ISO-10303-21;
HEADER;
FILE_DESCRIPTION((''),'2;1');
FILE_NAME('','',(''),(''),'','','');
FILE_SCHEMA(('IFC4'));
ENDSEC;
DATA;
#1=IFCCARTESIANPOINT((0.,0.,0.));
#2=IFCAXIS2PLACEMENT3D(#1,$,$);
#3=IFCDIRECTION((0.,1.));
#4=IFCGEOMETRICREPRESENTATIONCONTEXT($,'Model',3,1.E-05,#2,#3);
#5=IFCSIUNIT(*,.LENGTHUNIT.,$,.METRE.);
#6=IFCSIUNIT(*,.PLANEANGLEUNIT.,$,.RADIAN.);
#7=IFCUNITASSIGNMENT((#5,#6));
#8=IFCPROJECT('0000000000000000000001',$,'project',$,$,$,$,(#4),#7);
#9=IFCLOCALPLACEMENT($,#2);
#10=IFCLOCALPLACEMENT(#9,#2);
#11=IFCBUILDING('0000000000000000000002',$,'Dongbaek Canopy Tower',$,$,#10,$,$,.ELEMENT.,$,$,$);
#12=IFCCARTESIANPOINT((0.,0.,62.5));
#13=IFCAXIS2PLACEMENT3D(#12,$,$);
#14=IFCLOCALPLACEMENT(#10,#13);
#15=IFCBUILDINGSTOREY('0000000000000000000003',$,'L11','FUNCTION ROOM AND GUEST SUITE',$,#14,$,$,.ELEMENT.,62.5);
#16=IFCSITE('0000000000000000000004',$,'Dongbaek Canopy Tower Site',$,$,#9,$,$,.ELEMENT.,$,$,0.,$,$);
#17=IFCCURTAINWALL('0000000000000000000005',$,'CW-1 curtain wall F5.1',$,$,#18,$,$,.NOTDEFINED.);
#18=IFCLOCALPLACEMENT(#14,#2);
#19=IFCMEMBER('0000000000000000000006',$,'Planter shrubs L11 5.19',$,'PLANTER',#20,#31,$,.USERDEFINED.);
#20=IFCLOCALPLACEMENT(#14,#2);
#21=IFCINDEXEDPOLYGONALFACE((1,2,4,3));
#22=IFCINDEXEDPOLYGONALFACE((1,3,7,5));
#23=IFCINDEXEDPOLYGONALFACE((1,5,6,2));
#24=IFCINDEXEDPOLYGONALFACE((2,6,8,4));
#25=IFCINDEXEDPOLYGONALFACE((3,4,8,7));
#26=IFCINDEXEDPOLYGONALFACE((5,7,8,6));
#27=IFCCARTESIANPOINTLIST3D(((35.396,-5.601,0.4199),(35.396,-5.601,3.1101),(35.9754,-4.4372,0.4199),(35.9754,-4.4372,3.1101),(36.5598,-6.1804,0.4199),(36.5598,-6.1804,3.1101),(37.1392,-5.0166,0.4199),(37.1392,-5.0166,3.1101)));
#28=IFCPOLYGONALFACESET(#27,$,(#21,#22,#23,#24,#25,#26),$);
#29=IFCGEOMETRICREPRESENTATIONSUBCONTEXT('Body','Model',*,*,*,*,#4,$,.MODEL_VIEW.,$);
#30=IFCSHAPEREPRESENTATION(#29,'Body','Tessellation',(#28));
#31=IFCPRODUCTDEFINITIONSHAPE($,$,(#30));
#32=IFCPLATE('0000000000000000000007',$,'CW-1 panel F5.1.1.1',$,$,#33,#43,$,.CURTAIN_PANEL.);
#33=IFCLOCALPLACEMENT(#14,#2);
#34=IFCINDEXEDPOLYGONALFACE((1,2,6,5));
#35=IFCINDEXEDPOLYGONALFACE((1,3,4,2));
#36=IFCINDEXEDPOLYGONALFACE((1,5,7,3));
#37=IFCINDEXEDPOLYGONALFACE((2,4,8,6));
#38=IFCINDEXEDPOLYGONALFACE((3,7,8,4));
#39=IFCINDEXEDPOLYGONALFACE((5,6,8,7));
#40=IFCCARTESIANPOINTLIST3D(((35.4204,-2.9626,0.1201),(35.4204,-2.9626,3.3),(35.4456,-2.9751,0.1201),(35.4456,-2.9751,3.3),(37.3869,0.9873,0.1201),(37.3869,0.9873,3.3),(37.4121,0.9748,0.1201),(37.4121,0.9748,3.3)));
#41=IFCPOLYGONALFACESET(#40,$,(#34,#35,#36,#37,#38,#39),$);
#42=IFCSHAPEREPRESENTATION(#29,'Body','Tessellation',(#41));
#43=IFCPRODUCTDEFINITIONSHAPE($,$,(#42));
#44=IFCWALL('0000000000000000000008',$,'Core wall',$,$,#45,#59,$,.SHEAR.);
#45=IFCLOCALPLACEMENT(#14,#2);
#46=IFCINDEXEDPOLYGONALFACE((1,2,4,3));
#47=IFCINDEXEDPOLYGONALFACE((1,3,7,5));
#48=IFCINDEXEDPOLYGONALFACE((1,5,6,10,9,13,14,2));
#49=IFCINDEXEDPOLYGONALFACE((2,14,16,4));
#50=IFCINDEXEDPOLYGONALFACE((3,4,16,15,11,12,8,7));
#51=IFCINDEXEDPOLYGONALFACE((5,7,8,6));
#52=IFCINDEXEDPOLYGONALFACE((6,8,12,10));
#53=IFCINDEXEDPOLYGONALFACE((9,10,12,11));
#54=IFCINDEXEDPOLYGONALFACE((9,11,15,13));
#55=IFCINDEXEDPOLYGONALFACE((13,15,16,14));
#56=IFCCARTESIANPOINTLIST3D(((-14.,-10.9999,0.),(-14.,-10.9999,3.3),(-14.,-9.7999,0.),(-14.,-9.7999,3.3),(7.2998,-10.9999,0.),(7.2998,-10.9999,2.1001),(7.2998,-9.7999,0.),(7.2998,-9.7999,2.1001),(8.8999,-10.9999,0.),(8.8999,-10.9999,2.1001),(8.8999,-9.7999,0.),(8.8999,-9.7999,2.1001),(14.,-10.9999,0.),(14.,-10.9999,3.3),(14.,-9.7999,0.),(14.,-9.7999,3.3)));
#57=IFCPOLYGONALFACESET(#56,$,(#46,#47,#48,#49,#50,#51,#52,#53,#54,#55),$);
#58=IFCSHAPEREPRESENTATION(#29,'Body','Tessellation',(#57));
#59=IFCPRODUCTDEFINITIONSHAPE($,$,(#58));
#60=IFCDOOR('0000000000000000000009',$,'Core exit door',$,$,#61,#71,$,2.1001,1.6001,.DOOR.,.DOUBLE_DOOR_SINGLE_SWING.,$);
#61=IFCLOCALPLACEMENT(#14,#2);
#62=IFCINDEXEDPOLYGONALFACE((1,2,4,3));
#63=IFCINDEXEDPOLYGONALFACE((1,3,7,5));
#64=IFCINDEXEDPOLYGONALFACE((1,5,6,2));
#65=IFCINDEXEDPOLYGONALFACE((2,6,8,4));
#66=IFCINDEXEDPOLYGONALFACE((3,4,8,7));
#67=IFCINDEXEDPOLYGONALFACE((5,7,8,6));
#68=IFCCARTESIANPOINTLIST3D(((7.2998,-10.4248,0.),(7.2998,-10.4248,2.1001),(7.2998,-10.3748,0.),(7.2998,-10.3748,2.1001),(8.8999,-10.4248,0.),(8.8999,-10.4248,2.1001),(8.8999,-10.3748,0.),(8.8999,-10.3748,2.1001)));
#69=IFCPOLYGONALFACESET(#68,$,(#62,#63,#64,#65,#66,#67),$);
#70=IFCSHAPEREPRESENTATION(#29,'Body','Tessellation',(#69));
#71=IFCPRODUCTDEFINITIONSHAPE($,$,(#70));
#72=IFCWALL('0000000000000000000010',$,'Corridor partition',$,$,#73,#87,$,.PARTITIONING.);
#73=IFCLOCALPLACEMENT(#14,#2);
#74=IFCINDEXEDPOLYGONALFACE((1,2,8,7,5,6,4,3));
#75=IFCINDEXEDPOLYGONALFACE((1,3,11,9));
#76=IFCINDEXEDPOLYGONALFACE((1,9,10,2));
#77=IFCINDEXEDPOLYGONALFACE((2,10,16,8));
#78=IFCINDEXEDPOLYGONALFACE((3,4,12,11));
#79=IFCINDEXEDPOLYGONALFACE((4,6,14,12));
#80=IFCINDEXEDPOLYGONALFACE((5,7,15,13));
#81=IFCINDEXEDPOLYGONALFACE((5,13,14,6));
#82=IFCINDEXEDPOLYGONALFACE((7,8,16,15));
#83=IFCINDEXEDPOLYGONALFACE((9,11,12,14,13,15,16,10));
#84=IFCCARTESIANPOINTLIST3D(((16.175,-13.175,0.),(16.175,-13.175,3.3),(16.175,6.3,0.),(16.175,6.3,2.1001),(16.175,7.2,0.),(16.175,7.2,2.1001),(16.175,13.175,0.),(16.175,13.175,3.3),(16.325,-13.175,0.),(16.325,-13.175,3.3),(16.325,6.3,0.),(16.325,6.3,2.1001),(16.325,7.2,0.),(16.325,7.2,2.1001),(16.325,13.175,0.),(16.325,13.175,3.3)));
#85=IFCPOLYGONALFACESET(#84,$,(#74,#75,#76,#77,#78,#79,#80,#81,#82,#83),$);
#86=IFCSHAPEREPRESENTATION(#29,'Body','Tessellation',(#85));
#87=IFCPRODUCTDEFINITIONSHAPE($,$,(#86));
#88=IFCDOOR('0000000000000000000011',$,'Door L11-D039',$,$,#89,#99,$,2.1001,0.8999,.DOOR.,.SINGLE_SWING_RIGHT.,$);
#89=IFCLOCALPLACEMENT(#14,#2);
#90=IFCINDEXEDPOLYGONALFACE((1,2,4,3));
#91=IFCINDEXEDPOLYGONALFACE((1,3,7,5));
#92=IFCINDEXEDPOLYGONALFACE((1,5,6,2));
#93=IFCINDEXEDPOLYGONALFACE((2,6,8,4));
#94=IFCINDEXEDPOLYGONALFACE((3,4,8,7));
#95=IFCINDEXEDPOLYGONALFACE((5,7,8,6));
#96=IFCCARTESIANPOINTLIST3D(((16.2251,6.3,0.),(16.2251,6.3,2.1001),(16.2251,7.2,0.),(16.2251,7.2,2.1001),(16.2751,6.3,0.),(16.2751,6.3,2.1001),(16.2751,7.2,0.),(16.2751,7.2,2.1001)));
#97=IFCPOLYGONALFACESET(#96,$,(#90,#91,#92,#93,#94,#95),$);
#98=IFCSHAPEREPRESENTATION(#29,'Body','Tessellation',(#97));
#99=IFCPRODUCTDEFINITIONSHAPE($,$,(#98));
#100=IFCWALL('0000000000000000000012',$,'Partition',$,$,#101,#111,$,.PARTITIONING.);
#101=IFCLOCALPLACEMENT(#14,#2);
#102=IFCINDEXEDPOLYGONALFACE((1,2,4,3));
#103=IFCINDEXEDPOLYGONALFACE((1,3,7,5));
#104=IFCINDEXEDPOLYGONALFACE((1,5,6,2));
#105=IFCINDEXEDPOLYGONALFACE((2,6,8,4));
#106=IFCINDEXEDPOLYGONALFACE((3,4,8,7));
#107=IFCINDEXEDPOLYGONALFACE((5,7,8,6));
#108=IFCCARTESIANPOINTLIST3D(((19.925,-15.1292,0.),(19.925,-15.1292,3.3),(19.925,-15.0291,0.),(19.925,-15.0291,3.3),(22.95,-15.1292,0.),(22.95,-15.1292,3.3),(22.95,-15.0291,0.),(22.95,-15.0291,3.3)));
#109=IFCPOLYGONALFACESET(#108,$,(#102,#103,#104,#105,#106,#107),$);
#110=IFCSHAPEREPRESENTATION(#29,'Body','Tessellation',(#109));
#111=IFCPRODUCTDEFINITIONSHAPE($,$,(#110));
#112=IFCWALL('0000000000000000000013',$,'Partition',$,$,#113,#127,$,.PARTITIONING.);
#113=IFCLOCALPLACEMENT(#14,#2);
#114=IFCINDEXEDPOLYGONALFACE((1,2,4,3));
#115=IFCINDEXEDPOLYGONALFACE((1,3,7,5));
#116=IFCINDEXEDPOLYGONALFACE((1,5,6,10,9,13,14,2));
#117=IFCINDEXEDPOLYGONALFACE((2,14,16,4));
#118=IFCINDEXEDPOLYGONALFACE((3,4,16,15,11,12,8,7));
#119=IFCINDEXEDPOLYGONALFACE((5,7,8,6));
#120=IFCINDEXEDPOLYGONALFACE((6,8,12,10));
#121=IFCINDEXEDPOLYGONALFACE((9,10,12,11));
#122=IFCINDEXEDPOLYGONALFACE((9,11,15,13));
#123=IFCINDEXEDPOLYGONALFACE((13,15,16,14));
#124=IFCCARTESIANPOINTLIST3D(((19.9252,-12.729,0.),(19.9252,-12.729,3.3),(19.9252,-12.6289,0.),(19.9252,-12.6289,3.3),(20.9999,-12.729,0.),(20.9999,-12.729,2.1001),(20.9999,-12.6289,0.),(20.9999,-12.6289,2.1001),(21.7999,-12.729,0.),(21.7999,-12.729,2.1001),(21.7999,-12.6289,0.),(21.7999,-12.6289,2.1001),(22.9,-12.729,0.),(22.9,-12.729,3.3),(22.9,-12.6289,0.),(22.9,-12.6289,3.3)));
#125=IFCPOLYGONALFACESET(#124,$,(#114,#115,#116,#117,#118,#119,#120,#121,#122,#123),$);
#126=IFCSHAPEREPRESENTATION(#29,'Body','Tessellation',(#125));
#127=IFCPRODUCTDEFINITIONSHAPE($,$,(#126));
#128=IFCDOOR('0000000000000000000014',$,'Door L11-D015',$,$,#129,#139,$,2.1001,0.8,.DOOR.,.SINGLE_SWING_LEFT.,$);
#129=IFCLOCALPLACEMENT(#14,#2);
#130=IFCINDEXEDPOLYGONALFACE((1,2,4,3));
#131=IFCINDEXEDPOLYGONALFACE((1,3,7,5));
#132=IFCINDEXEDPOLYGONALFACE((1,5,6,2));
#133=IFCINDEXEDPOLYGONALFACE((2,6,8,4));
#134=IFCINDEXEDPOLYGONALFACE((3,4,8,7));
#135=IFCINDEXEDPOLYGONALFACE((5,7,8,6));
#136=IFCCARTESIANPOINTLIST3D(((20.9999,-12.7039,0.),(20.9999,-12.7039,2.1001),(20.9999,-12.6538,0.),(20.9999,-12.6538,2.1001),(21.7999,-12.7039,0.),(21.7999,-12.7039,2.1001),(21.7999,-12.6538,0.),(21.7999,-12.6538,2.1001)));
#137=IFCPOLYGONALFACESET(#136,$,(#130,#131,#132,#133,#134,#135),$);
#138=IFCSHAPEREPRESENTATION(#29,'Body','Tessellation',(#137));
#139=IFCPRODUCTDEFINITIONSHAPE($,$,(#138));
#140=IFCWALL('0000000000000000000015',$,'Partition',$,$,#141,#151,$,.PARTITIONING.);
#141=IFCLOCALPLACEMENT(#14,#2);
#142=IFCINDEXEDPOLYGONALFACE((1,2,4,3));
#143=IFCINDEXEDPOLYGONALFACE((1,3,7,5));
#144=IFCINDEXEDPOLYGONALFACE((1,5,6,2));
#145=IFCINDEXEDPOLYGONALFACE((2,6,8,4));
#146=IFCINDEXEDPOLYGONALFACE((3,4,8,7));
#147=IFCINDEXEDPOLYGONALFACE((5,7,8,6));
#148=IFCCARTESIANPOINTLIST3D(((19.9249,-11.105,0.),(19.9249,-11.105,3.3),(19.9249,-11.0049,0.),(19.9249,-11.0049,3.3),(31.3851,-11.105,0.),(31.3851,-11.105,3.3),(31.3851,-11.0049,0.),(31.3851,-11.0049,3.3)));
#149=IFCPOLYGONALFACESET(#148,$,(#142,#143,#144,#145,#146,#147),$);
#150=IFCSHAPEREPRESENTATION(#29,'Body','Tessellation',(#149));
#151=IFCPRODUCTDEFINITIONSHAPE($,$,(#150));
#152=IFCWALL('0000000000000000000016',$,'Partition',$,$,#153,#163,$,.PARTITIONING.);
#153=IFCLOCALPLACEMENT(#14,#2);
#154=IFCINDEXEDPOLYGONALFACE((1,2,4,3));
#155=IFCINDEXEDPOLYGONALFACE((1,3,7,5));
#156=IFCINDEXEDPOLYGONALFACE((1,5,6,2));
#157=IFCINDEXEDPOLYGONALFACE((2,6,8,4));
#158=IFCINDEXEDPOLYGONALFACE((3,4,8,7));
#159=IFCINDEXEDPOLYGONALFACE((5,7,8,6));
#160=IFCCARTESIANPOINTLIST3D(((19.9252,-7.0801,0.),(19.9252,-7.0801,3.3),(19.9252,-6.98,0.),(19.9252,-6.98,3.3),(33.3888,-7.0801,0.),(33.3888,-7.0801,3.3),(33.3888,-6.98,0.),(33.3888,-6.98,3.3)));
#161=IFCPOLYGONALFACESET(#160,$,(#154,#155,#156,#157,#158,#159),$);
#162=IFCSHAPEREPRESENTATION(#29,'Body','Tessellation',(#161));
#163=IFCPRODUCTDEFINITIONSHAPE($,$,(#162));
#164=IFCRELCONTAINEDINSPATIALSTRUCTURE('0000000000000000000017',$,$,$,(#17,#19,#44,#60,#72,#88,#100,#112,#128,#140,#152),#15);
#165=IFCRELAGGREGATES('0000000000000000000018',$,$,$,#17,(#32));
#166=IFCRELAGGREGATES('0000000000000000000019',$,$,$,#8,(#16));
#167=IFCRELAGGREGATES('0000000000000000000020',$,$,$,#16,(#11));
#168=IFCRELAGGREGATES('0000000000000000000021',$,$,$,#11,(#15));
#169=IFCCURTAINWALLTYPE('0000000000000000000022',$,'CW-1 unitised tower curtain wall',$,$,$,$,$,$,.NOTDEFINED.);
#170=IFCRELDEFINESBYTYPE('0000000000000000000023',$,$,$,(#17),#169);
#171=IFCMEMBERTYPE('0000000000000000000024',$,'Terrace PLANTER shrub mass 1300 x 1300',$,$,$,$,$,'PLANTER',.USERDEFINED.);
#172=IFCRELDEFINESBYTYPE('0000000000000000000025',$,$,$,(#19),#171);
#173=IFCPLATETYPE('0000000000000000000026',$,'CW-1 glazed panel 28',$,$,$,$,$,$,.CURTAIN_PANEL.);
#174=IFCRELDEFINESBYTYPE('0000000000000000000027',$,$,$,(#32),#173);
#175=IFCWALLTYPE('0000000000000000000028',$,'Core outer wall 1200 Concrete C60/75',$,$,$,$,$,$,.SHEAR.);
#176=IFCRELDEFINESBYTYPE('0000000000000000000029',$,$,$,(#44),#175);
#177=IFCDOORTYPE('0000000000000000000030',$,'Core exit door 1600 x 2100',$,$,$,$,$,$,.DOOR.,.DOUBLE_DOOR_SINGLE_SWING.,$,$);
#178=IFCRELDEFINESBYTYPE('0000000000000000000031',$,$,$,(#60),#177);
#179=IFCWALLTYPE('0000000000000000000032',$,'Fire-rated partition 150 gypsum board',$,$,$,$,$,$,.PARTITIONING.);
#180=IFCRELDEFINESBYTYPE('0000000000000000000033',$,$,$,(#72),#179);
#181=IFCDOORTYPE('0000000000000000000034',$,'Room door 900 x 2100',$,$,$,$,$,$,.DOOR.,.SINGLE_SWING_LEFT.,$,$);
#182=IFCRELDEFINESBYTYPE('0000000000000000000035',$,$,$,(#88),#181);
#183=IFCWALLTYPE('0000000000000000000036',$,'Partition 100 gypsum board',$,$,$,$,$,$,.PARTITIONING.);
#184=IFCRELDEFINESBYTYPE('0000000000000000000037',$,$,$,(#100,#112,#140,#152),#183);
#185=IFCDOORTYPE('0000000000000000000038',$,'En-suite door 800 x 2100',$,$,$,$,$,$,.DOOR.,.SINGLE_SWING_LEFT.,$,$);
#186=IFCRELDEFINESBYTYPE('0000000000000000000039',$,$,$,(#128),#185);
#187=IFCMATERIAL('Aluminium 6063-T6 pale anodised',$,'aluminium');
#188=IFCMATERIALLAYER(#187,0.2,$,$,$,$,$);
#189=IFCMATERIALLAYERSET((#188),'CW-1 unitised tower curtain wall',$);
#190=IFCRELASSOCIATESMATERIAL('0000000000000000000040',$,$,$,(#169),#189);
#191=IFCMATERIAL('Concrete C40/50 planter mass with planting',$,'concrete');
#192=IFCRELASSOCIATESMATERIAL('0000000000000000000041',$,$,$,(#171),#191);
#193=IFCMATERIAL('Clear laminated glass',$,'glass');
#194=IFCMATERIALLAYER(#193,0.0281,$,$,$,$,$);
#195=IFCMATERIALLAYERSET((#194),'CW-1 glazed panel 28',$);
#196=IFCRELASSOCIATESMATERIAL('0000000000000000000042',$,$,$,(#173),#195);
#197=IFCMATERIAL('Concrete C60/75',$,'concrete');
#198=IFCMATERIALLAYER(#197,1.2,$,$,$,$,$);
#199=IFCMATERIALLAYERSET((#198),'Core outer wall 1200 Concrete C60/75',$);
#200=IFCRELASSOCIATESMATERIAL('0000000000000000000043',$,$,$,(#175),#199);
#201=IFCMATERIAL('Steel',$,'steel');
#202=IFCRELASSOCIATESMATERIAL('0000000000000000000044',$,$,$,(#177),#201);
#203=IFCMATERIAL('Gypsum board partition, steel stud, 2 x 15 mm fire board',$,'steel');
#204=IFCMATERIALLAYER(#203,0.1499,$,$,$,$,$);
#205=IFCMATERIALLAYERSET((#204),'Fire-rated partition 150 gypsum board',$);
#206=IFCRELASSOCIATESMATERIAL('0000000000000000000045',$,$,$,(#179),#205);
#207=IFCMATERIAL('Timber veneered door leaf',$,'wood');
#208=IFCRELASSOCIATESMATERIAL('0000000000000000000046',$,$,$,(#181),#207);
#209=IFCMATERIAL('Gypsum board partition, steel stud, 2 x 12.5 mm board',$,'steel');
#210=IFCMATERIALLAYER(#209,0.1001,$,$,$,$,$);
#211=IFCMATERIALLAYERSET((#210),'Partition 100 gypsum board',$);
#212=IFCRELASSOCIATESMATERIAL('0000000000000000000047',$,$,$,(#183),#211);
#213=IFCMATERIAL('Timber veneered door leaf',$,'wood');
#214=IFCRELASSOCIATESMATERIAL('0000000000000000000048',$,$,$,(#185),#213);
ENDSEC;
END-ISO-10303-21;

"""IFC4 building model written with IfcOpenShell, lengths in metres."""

from ifc_helpers import new_model, si_unit, direction, frame, frame_2d, origin, origin_2d, place, context, subcontext, project, spatial, rectangle, extrude, material, layer, layer_set, material_profile, profile_set, type_object, element, fill, aggregate, save


model = new_model("IFC4")

# Units and contexts
model_context = context("Model", 3, precision=1e-05, world=origin(), true_north=direction((0.0, 1.0)))
body_context = subcontext(model_context, "Body", "Model", "MODEL_VIEW")
ifc_project = project(units=[si_unit("LENGTHUNIT", "METRE"), si_unit("PLANEANGLEUNIT", "RADIAN")], contexts=[model_context])

# Site, building, storey
site_placement = place(None, origin())
site = spatial("IfcSite", under=ifc_project, at=site_placement, Name="Dongbaek Canopy Tower Site", CompositionType="ELEMENT", RefElevation=0.0)
building_placement = place(site_placement, origin())
building = spatial("IfcBuilding", under=site, at=building_placement, Name="Dongbaek Canopy Tower", CompositionType="ELEMENT")
storey_placement = place(building_placement, frame((0.0, 0.0, 62.5)))
storey = spatial("IfcBuildingStorey", under=building, at=storey_placement, Name="L11", Description="FUNCTION ROOM AND GUEST SUITE", CompositionType="ELEMENT", Elevation=62.5)

# Curtain wall
ifc_material_1 = material(Name="Aluminium 6063-T6 pale anodised", Category="aluminium")
ifc_layer_1 = layer(ifc_material_1, 0.2)
ifc_layer_set_1 = layer_set([ifc_layer_1], Name="CW-1 unitised tower curtain wall")
curtain_wall_type = type_object("IfcCurtainWallType", Name="CW-1 unitised tower curtain wall", PredefinedType="NOTDEFINED", material=ifc_layer_set_1)
curtain_wall_placement = place(storey_placement, origin())
curtain_wall = element("IfcCurtainWall", 1, at=curtain_wall_placement, inside=storey, type_object=curtain_wall_type, Name="CW-1 curtain wall F5.1", PredefinedType="NOTDEFINED")

# Member
ifc_material_2 = material(Name="Concrete C40/50 planter mass with planting", Category="concrete")
ifc_material_profile_1 = material_profile(ifc_material_2, rectangle(XDim=1.3, YDim=1.3, at=origin_2d()), Name="Terrace PLANTER shrub mass 1300 x 1300")
ifc_profile_set_1 = profile_set([ifc_material_profile_1], Name="Concrete C40/50 planter mass with planting")
member_type_1 = type_object("IfcMemberType", Name="Terrace PLANTER shrub mass 1300 x 1300", ElementType="PLANTER", PredefinedType="USERDEFINED", material=ifc_profile_set_1)
member_1_placement = place(storey_placement, frame((36.2676, -5.3088, 0.4199), z_axis=(0.0, 0.0, 1.0), x_axis=(0.895193, -0.445678, 0.0)))
element("IfcMember", 2, at=member_1_placement, inside=storey, type_object=member_type_1, Name="Planter shrubs L11 5.19", ObjectType="PLANTER", PredefinedType="USERDEFINED", context=body_context, shape_type="SweptSolid", body=[
    extrude(rectangle(XDim=1.3, YDim=1.3, at=origin_2d()), origin(), (0.0, 0.0, 1.0), 2.6902),
])

# Plate
ifc_material_3 = material(Name="Clear laminated glass", Category="glass")
ifc_layer_2 = layer(ifc_material_3, 0.0281)
ifc_layer_set_2 = layer_set([ifc_layer_2], Name="CW-1 glazed panel 28")
plate_type = type_object("IfcPlateType", Name="CW-1 glazed panel 28", PredefinedType="CURTAIN_PANEL", material=ifc_layer_set_2)
plate_placement = place(storey_placement, frame((36.4163, -0.9939, 0.1201), z_axis=(0.0, 0.0, 1.0), x_axis=(0.445678, 0.895193, 0.0)))
plate = element("IfcPlate", 3, at=plate_placement, type_object=plate_type, Name="CW-1 panel F5.1.1.1", PredefinedType="CURTAIN_PANEL", context=body_context, shape_type="SweptSolid", body=[
    extrude(rectangle(XDim=4.4124, YDim=0.0281, at=origin_2d()), origin(), (0.0, 0.0, 1.0), 3.1799),
])
aggregate(curtain_wall, [plate])

# Walls, openings, doors
ifc_material_4 = material(Name="Concrete C60/75", Category="concrete")
ifc_layer_3 = layer(ifc_material_4, 1.2)
ifc_layer_set_3 = layer_set([ifc_layer_3], Name="Core outer wall 1200 Concrete C60/75")
wall_type_1 = type_object("IfcWallType", Name="Core outer wall 1200 Concrete C60/75", PredefinedType="SHEAR", material=ifc_layer_set_3)
wall_1_placement = place(storey_placement, frame((14.0, -10.3999, 0.0), z_axis=(0.0, 0.0, 1.0), x_axis=(-1.0, 0.0, 0.0)))
wall_1 = element("IfcWall", 4, at=wall_1_placement, inside=storey, type_object=wall_type_1, Name="Core wall", PredefinedType="SHEAR", context=body_context, shape_type="SweptSolid", body=[
    extrude(rectangle(XDim=28.0, YDim=1.2, at=frame_2d((14.0, 0.0))), origin(), (0.0, 0.0, 1.0), 3.3),
])
opening_1_placement = place(wall_1_placement, frame((5.1001, 0.0, 0.0)))
opening_1 = element("IfcOpeningElement", 5, at=opening_1_placement, cuts=wall_1, PredefinedType="OPENING", context=body_context, shape_type="SweptSolid", body=[
    extrude(rectangle(XDim=1.6001, YDim=2.1001, at=frame_2d((0.8, 1.05))), frame((0.0, 0.6099, 0.0), z_axis=(0.0, -1.0, 0.0), x_axis=(1.0, 0.0, 0.0)), (0.0, 0.0, 1.0), 1.22),
])
ifc_material_5 = material(Name="Steel", Category="steel")
door_type_1 = type_object("IfcDoorType", Name="Core exit door 1600 x 2100", OperationType="DOUBLE_DOOR_SINGLE_SWING", PredefinedType="DOOR", material=ifc_material_5)
door_1_placement = place(opening_1_placement, origin())
door_1 = element("IfcDoor", 6, at=door_1_placement, inside=storey, type_object=door_type_1, Name="Core exit door", OperationType="DOUBLE_DOOR_SINGLE_SWING", OverallHeight=2.1001, OverallWidth=1.6001, PredefinedType="DOOR", context=body_context, shape_type="SweptSolid", body=[
    extrude(rectangle(XDim=1.6001, YDim=2.1001, at=frame_2d((0.8, 1.05))), frame((0.0, 0.0249, 0.0), z_axis=(0.0, -1.0, 0.0), x_axis=(1.0, 0.0, 0.0)), (0.0, 0.0, 1.0), 0.05),
])
fill(opening_1, door_1)
ifc_material_6 = material(Name="Gypsum board partition, steel stud, 2 x 15 mm fire board", Category="steel")
ifc_layer_4 = layer(ifc_material_6, 0.1499)
ifc_layer_set_4 = layer_set([ifc_layer_4], Name="Fire-rated partition 150 gypsum board")
wall_type_2 = type_object("IfcWallType", Name="Fire-rated partition 150 gypsum board", PredefinedType="PARTITIONING", material=ifc_layer_set_4)
wall_2_placement = place(storey_placement, frame((16.25, -13.175, 0.0), z_axis=(0.0, 0.0, 1.0), x_axis=(0.0, 1.0, 0.0)))
wall_2 = element("IfcWall", 7, at=wall_2_placement, inside=storey, type_object=wall_type_2, Name="Corridor partition", PredefinedType="PARTITIONING", context=body_context, shape_type="SweptSolid", body=[
    extrude(rectangle(XDim=26.3501, YDim=0.1499, at=frame_2d((13.175, 0.0))), origin(), (0.0, 0.0, 1.0), 3.3),
])
opening_2_placement = place(wall_2_placement, frame((19.4751, 0.0, 0.0)))
opening_2 = element("IfcOpeningElement", 8, at=opening_2_placement, cuts=wall_2, PredefinedType="OPENING", context=body_context, shape_type="SweptSolid", body=[
    extrude(rectangle(XDim=0.8999, YDim=2.1001, at=frame_2d((0.45, 1.05))), frame((0.0, 0.085, 0.0), z_axis=(0.0, -1.0, 0.0), x_axis=(1.0, 0.0, 0.0)), (0.0, 0.0, 1.0), 0.1699),
])
ifc_material_7 = material(Name="Timber veneered door leaf", Category="wood")
door_type_2 = type_object("IfcDoorType", Name="Room door 900 x 2100", OperationType="SINGLE_SWING_LEFT", PredefinedType="DOOR", material=ifc_material_7)
door_2_placement = place(opening_2_placement, origin())
door_2 = element("IfcDoor", 9, at=door_2_placement, inside=storey, type_object=door_type_2, Name="Door L11-D039", OperationType="SINGLE_SWING_RIGHT", OverallHeight=2.1001, OverallWidth=0.8999, PredefinedType="DOOR", context=body_context, shape_type="SweptSolid", body=[
    extrude(rectangle(XDim=0.8999, YDim=2.1001, at=frame_2d((0.45, 1.05))), frame((0.0, 0.0249, 0.0), z_axis=(0.0, -1.0, 0.0), x_axis=(1.0, 0.0, 0.0)), (0.0, 0.0, 1.0), 0.05),
])
fill(opening_2, door_2)

# Wall
ifc_material_8 = material(Name="Gypsum board partition, steel stud, 2 x 12.5 mm board", Category="steel")
ifc_layer_5 = layer(ifc_material_8, 0.1001)
ifc_layer_set_5 = layer_set([ifc_layer_5], Name="Partition 100 gypsum board")
wall_type_3 = type_object("IfcWallType", Name="Partition 100 gypsum board", PredefinedType="PARTITIONING", material=ifc_layer_set_5)
wall_3_placement = place(storey_placement, frame((19.925, -15.0791, 0.0), z_axis=(0.0, 0.0, 1.0), x_axis=(1.0, 0.0, 0.0)))
element("IfcWall", 10, at=wall_3_placement, inside=storey, type_object=wall_type_3, Name="Partition", PredefinedType="PARTITIONING", context=body_context, shape_type="SweptSolid", body=[
    extrude(rectangle(XDim=3.0249, YDim=0.1001, at=frame_2d((1.5125, 0.0))), origin(), (0.0, 0.0, 1.0), 3.3),
])

# Wall, opening, door
wall_4_placement = place(storey_placement, frame((22.8999, -12.679, 0.0), z_axis=(0.0, 0.0, 1.0), x_axis=(-1.0, 0.0, 0.0)))
wall_4 = element("IfcWall", 11, at=wall_4_placement, inside=storey, type_object=wall_type_3, Name="Partition", PredefinedType="PARTITIONING", context=body_context, shape_type="SweptSolid", body=[
    extrude(rectangle(XDim=2.9749, YDim=0.1001, at=frame_2d((1.4873, 0.0))), origin(), (0.0, 0.0, 1.0), 3.3),
])
opening_3_placement = place(wall_4_placement, frame((1.1001, 0.0, 0.0)))
opening_3 = element("IfcOpeningElement", 12, at=opening_3_placement, cuts=wall_4, PredefinedType="OPENING", context=body_context, shape_type="SweptSolid", body=[
    extrude(rectangle(XDim=0.8, YDim=2.1001, at=frame_2d((0.3999, 1.05))), frame((0.0, 0.0601, 0.0), z_axis=(0.0, -1.0, 0.0), x_axis=(1.0, 0.0, 0.0)), (0.0, 0.0, 1.0), 0.1201),
])
ifc_material_9 = material(Name="Timber veneered door leaf", Category="wood")
door_type_3 = type_object("IfcDoorType", Name="En-suite door 800 x 2100", OperationType="SINGLE_SWING_LEFT", PredefinedType="DOOR", material=ifc_material_9)
door_3_placement = place(opening_3_placement, origin())
door_3 = element("IfcDoor", 13, at=door_3_placement, inside=storey, type_object=door_type_3, Name="Door L11-D015", OperationType="SINGLE_SWING_LEFT", OverallHeight=2.1001, OverallWidth=0.8, PredefinedType="DOOR", context=body_context, shape_type="SweptSolid", body=[
    extrude(rectangle(XDim=0.8, YDim=2.1001, at=frame_2d((0.3999, 1.05))), frame((0.0, 0.0249, 0.0), z_axis=(0.0, -1.0, 0.0), x_axis=(1.0, 0.0, 0.0)), (0.0, 0.0, 1.0), 0.05),
])
fill(opening_3, door_3)

# Walls
wall_5_placement = place(storey_placement, frame((19.925, -11.0549, 0.0), z_axis=(0.0, 0.0, 1.0), x_axis=(1.0, 0.0, 0.0)))
element("IfcWall", 14, at=wall_5_placement, inside=storey, type_object=wall_type_3, Name="Partition", PredefinedType="PARTITIONING", context=body_context, shape_type="SweptSolid", body=[
    extrude(rectangle(XDim=11.4602, YDim=0.1001, at=frame_2d((5.73, 0.0))), origin(), (0.0, 0.0, 1.0), 3.3),
])
wall_6_placement = place(storey_placement, frame((19.925, -7.03, 0.0), z_axis=(0.0, 0.0, 1.0), x_axis=(1.0, 0.0, 0.0)))
element("IfcWall", 15, at=wall_6_placement, inside=storey, type_object=wall_type_3, Name="Partition", PredefinedType="PARTITIONING", context=body_context, shape_type="SweptSolid", body=[
    extrude(rectangle(XDim=13.4636, YDim=0.1001, at=frame_2d((6.7319, 0.0))), origin(), (0.0, 0.0, 1.0), 3.3),
])

save(model, "model.ifc")
